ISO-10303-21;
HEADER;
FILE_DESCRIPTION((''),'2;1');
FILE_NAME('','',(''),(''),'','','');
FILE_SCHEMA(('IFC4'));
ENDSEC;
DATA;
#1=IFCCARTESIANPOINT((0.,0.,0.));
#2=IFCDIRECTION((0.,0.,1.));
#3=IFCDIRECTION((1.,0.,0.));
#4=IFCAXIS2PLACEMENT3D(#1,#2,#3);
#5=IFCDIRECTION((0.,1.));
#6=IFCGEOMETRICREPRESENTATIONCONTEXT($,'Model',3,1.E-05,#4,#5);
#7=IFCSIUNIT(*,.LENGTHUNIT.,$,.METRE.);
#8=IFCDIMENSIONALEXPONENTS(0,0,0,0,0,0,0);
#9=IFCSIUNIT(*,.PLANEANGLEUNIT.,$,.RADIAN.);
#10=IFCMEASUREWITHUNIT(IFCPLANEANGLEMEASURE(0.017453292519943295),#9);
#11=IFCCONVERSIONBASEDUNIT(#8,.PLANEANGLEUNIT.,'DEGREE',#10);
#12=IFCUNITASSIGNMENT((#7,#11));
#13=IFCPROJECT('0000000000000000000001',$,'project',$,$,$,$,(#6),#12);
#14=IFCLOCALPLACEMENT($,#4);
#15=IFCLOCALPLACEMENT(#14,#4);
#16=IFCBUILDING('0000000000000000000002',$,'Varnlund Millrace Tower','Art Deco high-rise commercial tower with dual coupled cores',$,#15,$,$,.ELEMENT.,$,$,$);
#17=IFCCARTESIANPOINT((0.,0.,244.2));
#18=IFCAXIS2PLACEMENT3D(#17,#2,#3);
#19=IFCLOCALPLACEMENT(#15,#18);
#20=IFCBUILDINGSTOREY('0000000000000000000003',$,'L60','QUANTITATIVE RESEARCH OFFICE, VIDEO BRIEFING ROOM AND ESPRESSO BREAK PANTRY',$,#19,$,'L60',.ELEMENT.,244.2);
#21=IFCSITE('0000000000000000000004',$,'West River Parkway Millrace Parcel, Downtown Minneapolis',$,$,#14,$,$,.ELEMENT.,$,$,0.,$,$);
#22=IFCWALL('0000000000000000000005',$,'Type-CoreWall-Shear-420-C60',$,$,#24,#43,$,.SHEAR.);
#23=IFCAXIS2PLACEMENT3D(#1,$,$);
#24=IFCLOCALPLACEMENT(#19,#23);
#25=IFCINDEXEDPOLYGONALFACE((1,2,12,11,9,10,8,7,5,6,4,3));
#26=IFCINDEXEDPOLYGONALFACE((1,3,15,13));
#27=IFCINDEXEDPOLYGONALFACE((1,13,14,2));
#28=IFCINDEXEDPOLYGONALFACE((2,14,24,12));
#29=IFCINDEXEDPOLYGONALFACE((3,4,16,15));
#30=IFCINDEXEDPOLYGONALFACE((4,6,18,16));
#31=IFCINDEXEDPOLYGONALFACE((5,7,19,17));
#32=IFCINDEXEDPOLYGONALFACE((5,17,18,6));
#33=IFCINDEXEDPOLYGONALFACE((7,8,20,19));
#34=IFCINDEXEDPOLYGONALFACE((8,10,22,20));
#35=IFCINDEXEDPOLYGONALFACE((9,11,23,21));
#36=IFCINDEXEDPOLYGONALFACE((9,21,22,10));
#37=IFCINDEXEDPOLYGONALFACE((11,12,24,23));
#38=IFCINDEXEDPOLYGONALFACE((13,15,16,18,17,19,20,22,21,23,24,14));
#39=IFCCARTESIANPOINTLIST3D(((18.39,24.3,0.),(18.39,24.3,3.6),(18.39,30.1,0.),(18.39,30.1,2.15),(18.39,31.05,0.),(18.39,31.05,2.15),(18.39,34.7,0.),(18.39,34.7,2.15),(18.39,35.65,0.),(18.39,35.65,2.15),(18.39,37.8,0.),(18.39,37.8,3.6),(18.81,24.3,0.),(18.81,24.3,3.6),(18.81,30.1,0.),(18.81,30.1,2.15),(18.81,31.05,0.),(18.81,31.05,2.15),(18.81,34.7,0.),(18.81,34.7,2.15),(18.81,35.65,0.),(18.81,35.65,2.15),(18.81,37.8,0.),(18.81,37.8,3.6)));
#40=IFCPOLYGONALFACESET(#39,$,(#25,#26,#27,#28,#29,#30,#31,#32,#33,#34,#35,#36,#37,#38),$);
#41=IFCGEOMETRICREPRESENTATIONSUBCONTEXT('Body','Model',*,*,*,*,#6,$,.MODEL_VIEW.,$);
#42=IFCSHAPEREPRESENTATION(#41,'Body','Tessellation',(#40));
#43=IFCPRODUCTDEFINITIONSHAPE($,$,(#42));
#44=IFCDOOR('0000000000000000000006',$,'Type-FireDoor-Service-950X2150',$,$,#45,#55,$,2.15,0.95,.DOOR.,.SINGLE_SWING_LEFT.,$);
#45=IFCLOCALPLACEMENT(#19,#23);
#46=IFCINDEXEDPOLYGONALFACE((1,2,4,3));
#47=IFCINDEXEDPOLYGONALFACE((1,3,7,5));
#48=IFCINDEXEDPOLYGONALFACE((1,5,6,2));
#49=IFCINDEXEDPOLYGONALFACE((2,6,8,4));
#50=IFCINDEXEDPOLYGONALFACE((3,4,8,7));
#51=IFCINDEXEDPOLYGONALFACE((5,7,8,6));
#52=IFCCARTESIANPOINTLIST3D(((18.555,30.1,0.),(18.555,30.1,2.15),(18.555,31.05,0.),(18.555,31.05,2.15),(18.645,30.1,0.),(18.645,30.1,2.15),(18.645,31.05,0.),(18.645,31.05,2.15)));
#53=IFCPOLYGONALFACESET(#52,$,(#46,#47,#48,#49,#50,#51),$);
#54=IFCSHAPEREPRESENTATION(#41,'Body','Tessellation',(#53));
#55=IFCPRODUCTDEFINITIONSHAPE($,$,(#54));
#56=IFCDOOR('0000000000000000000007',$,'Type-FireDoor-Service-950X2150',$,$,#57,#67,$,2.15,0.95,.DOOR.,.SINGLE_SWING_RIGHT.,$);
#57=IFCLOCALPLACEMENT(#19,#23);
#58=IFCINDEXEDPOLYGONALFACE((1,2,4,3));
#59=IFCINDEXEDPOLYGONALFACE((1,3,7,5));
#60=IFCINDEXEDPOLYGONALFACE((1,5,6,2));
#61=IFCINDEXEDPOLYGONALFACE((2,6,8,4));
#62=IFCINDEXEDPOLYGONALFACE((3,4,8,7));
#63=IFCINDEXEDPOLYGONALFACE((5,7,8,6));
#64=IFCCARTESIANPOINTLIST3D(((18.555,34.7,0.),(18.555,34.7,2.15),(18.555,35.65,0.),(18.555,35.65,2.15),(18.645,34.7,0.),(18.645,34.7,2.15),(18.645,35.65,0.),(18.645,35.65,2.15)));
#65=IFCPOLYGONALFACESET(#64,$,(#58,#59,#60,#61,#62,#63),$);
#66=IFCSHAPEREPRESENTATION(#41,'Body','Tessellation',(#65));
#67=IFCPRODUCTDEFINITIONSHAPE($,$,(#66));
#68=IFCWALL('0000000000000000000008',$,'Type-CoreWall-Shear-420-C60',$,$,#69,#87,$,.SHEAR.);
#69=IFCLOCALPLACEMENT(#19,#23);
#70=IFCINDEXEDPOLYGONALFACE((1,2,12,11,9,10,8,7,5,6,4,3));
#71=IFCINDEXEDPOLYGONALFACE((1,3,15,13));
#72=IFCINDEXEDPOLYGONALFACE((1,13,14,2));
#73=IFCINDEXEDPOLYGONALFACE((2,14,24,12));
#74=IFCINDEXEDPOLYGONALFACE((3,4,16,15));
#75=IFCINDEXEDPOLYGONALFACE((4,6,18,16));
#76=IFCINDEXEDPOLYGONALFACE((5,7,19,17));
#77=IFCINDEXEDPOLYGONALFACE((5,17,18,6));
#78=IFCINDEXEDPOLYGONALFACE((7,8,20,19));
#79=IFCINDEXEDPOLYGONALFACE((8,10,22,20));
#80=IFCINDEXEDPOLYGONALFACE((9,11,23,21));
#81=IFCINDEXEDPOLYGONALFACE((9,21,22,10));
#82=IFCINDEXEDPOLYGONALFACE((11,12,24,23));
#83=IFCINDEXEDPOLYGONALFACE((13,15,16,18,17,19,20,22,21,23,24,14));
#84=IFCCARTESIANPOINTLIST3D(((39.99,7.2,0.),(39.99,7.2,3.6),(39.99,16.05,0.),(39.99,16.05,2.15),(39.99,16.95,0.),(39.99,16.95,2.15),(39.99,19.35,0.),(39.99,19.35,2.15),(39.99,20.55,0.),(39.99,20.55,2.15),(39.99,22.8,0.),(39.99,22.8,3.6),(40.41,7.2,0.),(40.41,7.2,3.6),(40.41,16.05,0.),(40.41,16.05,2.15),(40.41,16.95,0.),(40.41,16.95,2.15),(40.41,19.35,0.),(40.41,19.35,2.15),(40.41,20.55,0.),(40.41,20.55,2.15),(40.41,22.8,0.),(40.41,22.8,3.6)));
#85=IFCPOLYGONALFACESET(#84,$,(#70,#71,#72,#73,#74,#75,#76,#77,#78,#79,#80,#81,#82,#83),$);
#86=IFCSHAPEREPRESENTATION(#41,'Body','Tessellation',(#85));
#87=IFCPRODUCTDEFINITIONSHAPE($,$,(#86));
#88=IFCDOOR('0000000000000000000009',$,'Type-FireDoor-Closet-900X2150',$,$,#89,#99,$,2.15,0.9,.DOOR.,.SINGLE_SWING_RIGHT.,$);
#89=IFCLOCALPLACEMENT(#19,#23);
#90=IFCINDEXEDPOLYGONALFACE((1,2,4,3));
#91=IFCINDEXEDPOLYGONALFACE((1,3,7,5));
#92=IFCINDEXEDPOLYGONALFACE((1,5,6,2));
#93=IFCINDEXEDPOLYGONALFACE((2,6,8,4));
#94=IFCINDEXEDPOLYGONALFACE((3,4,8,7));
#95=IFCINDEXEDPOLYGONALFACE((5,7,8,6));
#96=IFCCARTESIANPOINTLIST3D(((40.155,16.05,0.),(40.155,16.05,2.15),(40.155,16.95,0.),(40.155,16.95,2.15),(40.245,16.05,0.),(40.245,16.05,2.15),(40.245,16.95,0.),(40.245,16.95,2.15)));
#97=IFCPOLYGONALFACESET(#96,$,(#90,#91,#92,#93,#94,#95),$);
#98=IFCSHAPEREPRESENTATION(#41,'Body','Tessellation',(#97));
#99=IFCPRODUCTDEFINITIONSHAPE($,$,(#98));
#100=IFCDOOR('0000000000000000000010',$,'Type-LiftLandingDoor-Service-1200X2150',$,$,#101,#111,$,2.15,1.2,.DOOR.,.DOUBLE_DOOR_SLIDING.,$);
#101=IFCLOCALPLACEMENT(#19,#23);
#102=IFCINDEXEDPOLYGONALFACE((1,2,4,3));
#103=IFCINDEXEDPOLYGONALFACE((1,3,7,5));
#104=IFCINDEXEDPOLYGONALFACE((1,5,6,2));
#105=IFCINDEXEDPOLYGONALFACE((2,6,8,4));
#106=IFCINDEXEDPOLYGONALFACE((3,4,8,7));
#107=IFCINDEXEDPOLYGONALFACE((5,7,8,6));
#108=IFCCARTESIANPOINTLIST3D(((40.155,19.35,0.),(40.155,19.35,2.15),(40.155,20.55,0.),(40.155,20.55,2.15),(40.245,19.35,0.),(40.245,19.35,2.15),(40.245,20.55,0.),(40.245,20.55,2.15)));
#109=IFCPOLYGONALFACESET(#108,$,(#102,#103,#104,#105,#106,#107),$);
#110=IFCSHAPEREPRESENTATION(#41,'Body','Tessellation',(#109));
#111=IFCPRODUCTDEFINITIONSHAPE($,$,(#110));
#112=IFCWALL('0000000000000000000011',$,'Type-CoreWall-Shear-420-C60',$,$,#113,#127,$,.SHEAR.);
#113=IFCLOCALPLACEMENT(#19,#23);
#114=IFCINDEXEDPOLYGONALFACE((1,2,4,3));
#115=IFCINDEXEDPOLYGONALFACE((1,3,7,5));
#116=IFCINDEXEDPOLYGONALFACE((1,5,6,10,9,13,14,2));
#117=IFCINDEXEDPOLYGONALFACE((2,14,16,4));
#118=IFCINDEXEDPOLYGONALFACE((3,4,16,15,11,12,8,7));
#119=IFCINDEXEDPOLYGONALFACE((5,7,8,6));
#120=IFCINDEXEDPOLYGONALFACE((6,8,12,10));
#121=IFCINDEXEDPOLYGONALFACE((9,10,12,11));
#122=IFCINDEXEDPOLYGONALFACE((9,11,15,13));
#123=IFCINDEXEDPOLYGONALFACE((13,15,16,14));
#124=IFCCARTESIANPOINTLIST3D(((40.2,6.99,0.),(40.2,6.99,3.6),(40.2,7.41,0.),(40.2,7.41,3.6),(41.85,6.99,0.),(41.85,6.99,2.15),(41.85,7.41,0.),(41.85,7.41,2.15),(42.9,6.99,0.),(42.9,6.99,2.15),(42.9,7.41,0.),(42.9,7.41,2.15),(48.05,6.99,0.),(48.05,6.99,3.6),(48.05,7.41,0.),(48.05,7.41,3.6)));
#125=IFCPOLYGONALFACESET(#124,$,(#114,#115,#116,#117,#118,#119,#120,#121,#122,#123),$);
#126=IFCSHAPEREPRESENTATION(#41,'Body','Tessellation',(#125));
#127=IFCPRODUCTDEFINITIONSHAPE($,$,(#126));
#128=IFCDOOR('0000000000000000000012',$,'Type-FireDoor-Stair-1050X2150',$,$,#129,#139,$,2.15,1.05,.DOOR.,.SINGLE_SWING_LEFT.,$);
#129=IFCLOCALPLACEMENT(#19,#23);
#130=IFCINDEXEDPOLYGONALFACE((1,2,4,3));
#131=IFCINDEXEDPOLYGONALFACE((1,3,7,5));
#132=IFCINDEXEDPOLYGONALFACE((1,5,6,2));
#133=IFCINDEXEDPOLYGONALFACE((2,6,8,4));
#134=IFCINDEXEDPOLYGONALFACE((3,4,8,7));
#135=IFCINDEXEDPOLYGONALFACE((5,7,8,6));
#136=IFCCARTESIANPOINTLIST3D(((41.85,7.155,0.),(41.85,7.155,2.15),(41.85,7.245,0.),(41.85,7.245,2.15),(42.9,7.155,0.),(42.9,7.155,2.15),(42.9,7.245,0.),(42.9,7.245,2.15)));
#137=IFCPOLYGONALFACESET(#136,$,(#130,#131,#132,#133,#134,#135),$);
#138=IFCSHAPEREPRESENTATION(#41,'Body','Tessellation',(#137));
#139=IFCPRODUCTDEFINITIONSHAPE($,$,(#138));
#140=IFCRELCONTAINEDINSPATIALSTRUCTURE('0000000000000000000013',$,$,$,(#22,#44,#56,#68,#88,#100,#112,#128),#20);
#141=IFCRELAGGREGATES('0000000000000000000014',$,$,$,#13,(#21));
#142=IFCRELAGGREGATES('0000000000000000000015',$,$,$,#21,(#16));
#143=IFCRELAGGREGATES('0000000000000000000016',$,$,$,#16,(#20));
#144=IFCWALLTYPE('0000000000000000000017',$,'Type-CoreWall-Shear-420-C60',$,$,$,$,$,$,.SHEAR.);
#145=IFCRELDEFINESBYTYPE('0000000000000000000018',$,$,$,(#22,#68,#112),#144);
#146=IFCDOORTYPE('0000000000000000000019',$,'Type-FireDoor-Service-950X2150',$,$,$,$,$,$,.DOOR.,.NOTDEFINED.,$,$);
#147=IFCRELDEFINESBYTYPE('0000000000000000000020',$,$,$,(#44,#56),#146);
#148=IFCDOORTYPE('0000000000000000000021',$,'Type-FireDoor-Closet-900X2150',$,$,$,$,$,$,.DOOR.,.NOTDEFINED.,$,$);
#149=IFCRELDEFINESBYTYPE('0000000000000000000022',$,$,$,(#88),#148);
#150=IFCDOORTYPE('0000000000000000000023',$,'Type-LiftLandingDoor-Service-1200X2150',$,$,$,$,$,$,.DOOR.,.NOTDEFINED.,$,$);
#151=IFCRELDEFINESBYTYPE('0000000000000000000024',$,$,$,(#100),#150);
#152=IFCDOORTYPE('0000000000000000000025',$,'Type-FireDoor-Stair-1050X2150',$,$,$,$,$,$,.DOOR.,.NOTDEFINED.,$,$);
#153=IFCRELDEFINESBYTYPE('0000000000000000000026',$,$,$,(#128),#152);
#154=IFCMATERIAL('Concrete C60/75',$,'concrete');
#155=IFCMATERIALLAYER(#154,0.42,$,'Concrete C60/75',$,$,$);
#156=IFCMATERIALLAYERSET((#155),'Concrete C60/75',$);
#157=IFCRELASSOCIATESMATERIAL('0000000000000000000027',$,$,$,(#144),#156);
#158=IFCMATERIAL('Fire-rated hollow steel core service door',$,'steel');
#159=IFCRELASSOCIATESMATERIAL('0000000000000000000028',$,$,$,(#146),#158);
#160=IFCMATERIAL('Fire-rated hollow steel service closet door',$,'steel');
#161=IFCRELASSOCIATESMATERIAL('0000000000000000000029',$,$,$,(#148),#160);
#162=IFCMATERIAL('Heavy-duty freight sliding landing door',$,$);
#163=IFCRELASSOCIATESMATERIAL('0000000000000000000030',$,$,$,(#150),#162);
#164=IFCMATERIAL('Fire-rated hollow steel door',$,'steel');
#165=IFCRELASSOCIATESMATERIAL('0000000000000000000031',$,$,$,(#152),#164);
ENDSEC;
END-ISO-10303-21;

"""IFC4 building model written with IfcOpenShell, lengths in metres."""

from ifc_helpers import new_model, entity, si_unit, converted_unit, direction, frame, origin_with_axes, origin_2d_with_axis, place, context, subcontext, project, spatial, polyline, rectangle, outline, extrude, material, layer, layer_set, type_object, element, fill, save


model = new_model("IFC4")

# Units and contexts
model_context = context("Model", 3, precision=1e-05, world=origin_with_axes(), true_north=direction((0.0, 1.0)))
body_context = subcontext(model_context, "Body", "Model", "MODEL_VIEW")
ifc_project = project(units=[si_unit("LENGTHUNIT", "METRE"), converted_unit("PLANEANGLEUNIT", "DEGREE", entity("IfcPlaneAngleMeasure", 0.017453292519943295), si_unit("PLANEANGLEUNIT", "RADIAN"), dimensions=[0, 0, 0, 0, 0, 0, 0])], contexts=[model_context])

# Site, building, storey
site_placement = place(None, origin_with_axes())
site = spatial("IfcSite", under=ifc_project, at=site_placement, Name="West River Parkway Millrace Parcel, Downtown Minneapolis", CompositionType="ELEMENT", RefElevation=0.0)
building_placement = place(site_placement, origin_with_axes())
building = spatial("IfcBuilding", under=site, at=building_placement, Name="Varnlund Millrace Tower", Description="Art Deco high-rise commercial tower with dual coupled cores", CompositionType="ELEMENT")
storey_placement = place(building_placement, frame((0.0, 0.0, 244.2), z_axis=(0.0, 0.0, 1.0), x_axis=(1.0, 0.0, 0.0)))
storey = spatial("IfcBuildingStorey", under=building, at=storey_placement, Name="L60", Description="QUANTITATIVE RESEARCH OFFICE, VIDEO BRIEFING ROOM AND ESPRESSO BREAK PANTRY", LongName="L60", CompositionType="ELEMENT", Elevation=244.2)

# Walls, openings, doors
ifc_material_1 = material(Name="Concrete C60/75", Category="concrete")
ifc_layer_1 = layer(ifc_material_1, 0.42, Name="Concrete C60/75")
ifc_layer_set_1 = layer_set([ifc_layer_1], Name="Concrete C60/75")
wall_type_1 = type_object("IfcWallType", Name="Type-CoreWall-Shear-420-C60", PredefinedType="SHEAR", material=ifc_layer_set_1)
wall_1_placement = place(storey_placement, frame((18.6, 24.3, 0.0), z_axis=(0.0, 0.0, 1.0), x_axis=(0.0, 1.0, 0.0)))
wall_1 = element("IfcWall", 1, at=wall_1_placement, inside=storey, type_object=wall_type_1, Name="Type-CoreWall-Shear-420-C60", PredefinedType="SHEAR", context=body_context, shape_type="SweptSolid", body=[
    extrude(outline(polyline([(0.0, -0.21), (13.5, -0.21), (13.5, 0.21), (0.0, 0.21), (0.0, -0.21)])), origin_with_axes(), (0.0, 0.0, 1.0), 3.6),
])
opening_1_placement = place(wall_1_placement, frame((6.275, 0.0, 0.0), z_axis=(0.0, 0.0, 1.0), x_axis=(1.0, 0.0, 0.0)))
opening_1 = element("IfcOpeningElement", 2, at=opening_1_placement, cuts=wall_1, PredefinedType="OPENING", context=body_context, shape_type="SweptSolid", body=[
    extrude(rectangle(XDim=0.95, YDim=0.44, at=origin_2d_with_axis()), origin_with_axes(), (0.0, 0.0, 1.0), 2.15),
])
opening_2_placement = place(wall_1_placement, frame((10.875, 0.0, 0.0), z_axis=(0.0, 0.0, 1.0), x_axis=(1.0, 0.0, 0.0)))
opening_2 = element("IfcOpeningElement", 3, at=opening_2_placement, cuts=wall_1, PredefinedType="OPENING", context=body_context, shape_type="SweptSolid", body=[
    extrude(rectangle(XDim=0.95, YDim=0.44, at=origin_2d_with_axis()), origin_with_axes(), (0.0, 0.0, 1.0), 2.15),
])
ifc_material_2 = material(Name="Fire-rated hollow steel core service door", Category="steel")
door_type_1 = type_object("IfcDoorType", Name="Type-FireDoor-Service-950X2150", OperationType="NOTDEFINED", PredefinedType="DOOR", material=ifc_material_2)
door_1_placement = place(wall_1_placement, frame((6.275, 0.0, 0.0), z_axis=(0.0, 0.0, 1.0), x_axis=(1.0, 0.0, 0.0)))
door_1 = element("IfcDoor", 4, at=door_1_placement, inside=storey, type_object=door_type_1, Name="Type-FireDoor-Service-950X2150", OperationType="SINGLE_SWING_LEFT", OverallHeight=2.15, OverallWidth=0.95, PredefinedType="DOOR", context=body_context, shape_type="SweptSolid", body=[
    extrude(rectangle(XDim=0.95, YDim=0.09, at=origin_2d_with_axis()), origin_with_axes(), (0.0, 0.0, 1.0), 2.15),
])
fill(opening_1, door_1)
door_2_placement = place(wall_1_placement, frame((10.875, 0.0, 0.0), z_axis=(0.0, 0.0, 1.0), x_axis=(1.0, 0.0, 0.0)))
door_2 = element("IfcDoor", 5, at=door_2_placement, inside=storey, type_object=door_type_1, Name="Type-FireDoor-Service-950X2150", OperationType="SINGLE_SWING_RIGHT", OverallHeight=2.15, OverallWidth=0.95, PredefinedType="DOOR", context=body_context, shape_type="SweptSolid", body=[
    extrude(rectangle(XDim=0.95, YDim=0.09, at=origin_2d_with_axis()), origin_with_axes(), (0.0, 0.0, 1.0), 2.15),
])
fill(opening_2, door_2)
wall_2_placement = place(storey_placement, frame((40.2, 7.2, 0.0), z_axis=(0.0, 0.0, 1.0), x_axis=(0.0, 1.0, 0.0)))
wall_2 = element("IfcWall", 6, at=wall_2_placement, inside=storey, type_object=wall_type_1, Name="Type-CoreWall-Shear-420-C60", PredefinedType="SHEAR", context=body_context, shape_type="SweptSolid", body=[
    extrude(outline(polyline([(0.0, -0.21), (15.6, -0.21), (15.6, 0.21), (0.0, 0.21), (0.0, -0.21)])), origin_with_axes(), (0.0, 0.0, 1.0), 3.6),
])
opening_3_placement = place(wall_2_placement, frame((12.75, 0.0, 0.0), z_axis=(0.0, 0.0, 1.0), x_axis=(1.0, 0.0, 0.0)))
opening_3 = element("IfcOpeningElement", 7, at=opening_3_placement, cuts=wall_2, PredefinedType="OPENING", context=body_context, shape_type="SweptSolid", body=[
    extrude(rectangle(XDim=1.2, YDim=0.44, at=origin_2d_with_axis()), origin_with_axes(), (0.0, 0.0, 1.0), 2.15),
])
opening_4_placement = place(wall_2_placement, frame((9.3, 0.0, 0.0), z_axis=(0.0, 0.0, 1.0), x_axis=(1.0, 0.0, 0.0)))
opening_4 = element("IfcOpeningElement", 8, at=opening_4_placement, cuts=wall_2, PredefinedType="OPENING", context=body_context, shape_type="SweptSolid", body=[
    extrude(rectangle(XDim=0.9, YDim=0.44, at=origin_2d_with_axis()), origin_with_axes(), (0.0, 0.0, 1.0), 2.15),
])
ifc_material_3 = material(Name="Fire-rated hollow steel service closet door", Category="steel")
door_type_2 = type_object("IfcDoorType", Name="Type-FireDoor-Closet-900X2150", OperationType="NOTDEFINED", PredefinedType="DOOR", material=ifc_material_3)
door_3_placement = place(wall_2_placement, frame((9.3, 0.0, 0.0), z_axis=(0.0, 0.0, 1.0), x_axis=(1.0, 0.0, 0.0)))
door_3 = element("IfcDoor", 9, at=door_3_placement, inside=storey, type_object=door_type_2, Name="Type-FireDoor-Closet-900X2150", OperationType="SINGLE_SWING_RIGHT", OverallHeight=2.15, OverallWidth=0.9, PredefinedType="DOOR", context=body_context, shape_type="SweptSolid", body=[
    extrude(rectangle(XDim=0.9, YDim=0.09, at=origin_2d_with_axis()), origin_with_axes(), (0.0, 0.0, 1.0), 2.15),
])
fill(opening_4, door_3)
ifc_material_4 = material(Name="Heavy-duty freight sliding landing door")
door_type_3 = type_object("IfcDoorType", Name="Type-LiftLandingDoor-Service-1200X2150", OperationType="NOTDEFINED", PredefinedType="DOOR", material=ifc_material_4)
door_4_placement = place(wall_2_placement, frame((12.75, 0.0, 0.0), z_axis=(0.0, 0.0, 1.0), x_axis=(1.0, 0.0, 0.0)))
door_4 = element("IfcDoor", 10, at=door_4_placement, inside=storey, type_object=door_type_3, Name="Type-LiftLandingDoor-Service-1200X2150", OperationType="DOUBLE_DOOR_SLIDING", OverallHeight=2.15, OverallWidth=1.2, PredefinedType="DOOR", context=body_context, shape_type="SweptSolid", body=[
    extrude(rectangle(XDim=1.2, YDim=0.09, at=origin_2d_with_axis()), origin_with_axes(), (0.0, 0.0, 1.0), 2.15),
])
fill(opening_3, door_4)

# Wall, opening, door
wall_3_placement = place(storey_placement, frame((40.2, 7.2, 0.0), z_axis=(0.0, 0.0, 1.0), x_axis=(1.0, 0.0, 0.0)))
wall_3 = element("IfcWall", 11, at=wall_3_placement, inside=storey, type_object=wall_type_1, Name="Type-CoreWall-Shear-420-C60", PredefinedType="SHEAR", context=body_context, shape_type="SweptSolid", body=[
    extrude(outline(polyline([(0.0, -0.21), (7.85, -0.21), (7.85, 0.21), (0.0, 0.21), (0.0, -0.21)])), origin_with_axes(), (0.0, 0.0, 1.0), 3.6),
])
opening_5_placement = place(wall_3_placement, frame((2.175, 0.0, 0.0), z_axis=(0.0, 0.0, 1.0), x_axis=(1.0, 0.0, 0.0)))
opening_5 = element("IfcOpeningElement", 12, at=opening_5_placement, cuts=wall_3, PredefinedType="OPENING", context=body_context, shape_type="SweptSolid", body=[
    extrude(rectangle(XDim=1.05, YDim=0.44, at=origin_2d_with_axis()), origin_with_axes(), (0.0, 0.0, 1.0), 2.15),
])
ifc_material_5 = material(Name="Fire-rated hollow steel door", Category="steel")
door_type_4 = type_object("IfcDoorType", Name="Type-FireDoor-Stair-1050X2150", OperationType="NOTDEFINED", PredefinedType="DOOR", material=ifc_material_5)
door_5_placement = place(wall_3_placement, frame((2.175, 0.0, 0.0), z_axis=(0.0, 0.0, 1.0), x_axis=(1.0, 0.0, 0.0)))
door_5 = element("IfcDoor", 13, at=door_5_placement, inside=storey, type_object=door_type_4, Name="Type-FireDoor-Stair-1050X2150", OperationType="SINGLE_SWING_LEFT", OverallHeight=2.15, OverallWidth=1.05, PredefinedType="DOOR", context=body_context, shape_type="SweptSolid", body=[
    extrude(rectangle(XDim=1.05, YDim=0.09, at=origin_2d_with_axis()), origin_with_axes(), (0.0, 0.0, 1.0), 2.15),
])
fill(opening_5, door_5)

save(model, "model.ifc")
